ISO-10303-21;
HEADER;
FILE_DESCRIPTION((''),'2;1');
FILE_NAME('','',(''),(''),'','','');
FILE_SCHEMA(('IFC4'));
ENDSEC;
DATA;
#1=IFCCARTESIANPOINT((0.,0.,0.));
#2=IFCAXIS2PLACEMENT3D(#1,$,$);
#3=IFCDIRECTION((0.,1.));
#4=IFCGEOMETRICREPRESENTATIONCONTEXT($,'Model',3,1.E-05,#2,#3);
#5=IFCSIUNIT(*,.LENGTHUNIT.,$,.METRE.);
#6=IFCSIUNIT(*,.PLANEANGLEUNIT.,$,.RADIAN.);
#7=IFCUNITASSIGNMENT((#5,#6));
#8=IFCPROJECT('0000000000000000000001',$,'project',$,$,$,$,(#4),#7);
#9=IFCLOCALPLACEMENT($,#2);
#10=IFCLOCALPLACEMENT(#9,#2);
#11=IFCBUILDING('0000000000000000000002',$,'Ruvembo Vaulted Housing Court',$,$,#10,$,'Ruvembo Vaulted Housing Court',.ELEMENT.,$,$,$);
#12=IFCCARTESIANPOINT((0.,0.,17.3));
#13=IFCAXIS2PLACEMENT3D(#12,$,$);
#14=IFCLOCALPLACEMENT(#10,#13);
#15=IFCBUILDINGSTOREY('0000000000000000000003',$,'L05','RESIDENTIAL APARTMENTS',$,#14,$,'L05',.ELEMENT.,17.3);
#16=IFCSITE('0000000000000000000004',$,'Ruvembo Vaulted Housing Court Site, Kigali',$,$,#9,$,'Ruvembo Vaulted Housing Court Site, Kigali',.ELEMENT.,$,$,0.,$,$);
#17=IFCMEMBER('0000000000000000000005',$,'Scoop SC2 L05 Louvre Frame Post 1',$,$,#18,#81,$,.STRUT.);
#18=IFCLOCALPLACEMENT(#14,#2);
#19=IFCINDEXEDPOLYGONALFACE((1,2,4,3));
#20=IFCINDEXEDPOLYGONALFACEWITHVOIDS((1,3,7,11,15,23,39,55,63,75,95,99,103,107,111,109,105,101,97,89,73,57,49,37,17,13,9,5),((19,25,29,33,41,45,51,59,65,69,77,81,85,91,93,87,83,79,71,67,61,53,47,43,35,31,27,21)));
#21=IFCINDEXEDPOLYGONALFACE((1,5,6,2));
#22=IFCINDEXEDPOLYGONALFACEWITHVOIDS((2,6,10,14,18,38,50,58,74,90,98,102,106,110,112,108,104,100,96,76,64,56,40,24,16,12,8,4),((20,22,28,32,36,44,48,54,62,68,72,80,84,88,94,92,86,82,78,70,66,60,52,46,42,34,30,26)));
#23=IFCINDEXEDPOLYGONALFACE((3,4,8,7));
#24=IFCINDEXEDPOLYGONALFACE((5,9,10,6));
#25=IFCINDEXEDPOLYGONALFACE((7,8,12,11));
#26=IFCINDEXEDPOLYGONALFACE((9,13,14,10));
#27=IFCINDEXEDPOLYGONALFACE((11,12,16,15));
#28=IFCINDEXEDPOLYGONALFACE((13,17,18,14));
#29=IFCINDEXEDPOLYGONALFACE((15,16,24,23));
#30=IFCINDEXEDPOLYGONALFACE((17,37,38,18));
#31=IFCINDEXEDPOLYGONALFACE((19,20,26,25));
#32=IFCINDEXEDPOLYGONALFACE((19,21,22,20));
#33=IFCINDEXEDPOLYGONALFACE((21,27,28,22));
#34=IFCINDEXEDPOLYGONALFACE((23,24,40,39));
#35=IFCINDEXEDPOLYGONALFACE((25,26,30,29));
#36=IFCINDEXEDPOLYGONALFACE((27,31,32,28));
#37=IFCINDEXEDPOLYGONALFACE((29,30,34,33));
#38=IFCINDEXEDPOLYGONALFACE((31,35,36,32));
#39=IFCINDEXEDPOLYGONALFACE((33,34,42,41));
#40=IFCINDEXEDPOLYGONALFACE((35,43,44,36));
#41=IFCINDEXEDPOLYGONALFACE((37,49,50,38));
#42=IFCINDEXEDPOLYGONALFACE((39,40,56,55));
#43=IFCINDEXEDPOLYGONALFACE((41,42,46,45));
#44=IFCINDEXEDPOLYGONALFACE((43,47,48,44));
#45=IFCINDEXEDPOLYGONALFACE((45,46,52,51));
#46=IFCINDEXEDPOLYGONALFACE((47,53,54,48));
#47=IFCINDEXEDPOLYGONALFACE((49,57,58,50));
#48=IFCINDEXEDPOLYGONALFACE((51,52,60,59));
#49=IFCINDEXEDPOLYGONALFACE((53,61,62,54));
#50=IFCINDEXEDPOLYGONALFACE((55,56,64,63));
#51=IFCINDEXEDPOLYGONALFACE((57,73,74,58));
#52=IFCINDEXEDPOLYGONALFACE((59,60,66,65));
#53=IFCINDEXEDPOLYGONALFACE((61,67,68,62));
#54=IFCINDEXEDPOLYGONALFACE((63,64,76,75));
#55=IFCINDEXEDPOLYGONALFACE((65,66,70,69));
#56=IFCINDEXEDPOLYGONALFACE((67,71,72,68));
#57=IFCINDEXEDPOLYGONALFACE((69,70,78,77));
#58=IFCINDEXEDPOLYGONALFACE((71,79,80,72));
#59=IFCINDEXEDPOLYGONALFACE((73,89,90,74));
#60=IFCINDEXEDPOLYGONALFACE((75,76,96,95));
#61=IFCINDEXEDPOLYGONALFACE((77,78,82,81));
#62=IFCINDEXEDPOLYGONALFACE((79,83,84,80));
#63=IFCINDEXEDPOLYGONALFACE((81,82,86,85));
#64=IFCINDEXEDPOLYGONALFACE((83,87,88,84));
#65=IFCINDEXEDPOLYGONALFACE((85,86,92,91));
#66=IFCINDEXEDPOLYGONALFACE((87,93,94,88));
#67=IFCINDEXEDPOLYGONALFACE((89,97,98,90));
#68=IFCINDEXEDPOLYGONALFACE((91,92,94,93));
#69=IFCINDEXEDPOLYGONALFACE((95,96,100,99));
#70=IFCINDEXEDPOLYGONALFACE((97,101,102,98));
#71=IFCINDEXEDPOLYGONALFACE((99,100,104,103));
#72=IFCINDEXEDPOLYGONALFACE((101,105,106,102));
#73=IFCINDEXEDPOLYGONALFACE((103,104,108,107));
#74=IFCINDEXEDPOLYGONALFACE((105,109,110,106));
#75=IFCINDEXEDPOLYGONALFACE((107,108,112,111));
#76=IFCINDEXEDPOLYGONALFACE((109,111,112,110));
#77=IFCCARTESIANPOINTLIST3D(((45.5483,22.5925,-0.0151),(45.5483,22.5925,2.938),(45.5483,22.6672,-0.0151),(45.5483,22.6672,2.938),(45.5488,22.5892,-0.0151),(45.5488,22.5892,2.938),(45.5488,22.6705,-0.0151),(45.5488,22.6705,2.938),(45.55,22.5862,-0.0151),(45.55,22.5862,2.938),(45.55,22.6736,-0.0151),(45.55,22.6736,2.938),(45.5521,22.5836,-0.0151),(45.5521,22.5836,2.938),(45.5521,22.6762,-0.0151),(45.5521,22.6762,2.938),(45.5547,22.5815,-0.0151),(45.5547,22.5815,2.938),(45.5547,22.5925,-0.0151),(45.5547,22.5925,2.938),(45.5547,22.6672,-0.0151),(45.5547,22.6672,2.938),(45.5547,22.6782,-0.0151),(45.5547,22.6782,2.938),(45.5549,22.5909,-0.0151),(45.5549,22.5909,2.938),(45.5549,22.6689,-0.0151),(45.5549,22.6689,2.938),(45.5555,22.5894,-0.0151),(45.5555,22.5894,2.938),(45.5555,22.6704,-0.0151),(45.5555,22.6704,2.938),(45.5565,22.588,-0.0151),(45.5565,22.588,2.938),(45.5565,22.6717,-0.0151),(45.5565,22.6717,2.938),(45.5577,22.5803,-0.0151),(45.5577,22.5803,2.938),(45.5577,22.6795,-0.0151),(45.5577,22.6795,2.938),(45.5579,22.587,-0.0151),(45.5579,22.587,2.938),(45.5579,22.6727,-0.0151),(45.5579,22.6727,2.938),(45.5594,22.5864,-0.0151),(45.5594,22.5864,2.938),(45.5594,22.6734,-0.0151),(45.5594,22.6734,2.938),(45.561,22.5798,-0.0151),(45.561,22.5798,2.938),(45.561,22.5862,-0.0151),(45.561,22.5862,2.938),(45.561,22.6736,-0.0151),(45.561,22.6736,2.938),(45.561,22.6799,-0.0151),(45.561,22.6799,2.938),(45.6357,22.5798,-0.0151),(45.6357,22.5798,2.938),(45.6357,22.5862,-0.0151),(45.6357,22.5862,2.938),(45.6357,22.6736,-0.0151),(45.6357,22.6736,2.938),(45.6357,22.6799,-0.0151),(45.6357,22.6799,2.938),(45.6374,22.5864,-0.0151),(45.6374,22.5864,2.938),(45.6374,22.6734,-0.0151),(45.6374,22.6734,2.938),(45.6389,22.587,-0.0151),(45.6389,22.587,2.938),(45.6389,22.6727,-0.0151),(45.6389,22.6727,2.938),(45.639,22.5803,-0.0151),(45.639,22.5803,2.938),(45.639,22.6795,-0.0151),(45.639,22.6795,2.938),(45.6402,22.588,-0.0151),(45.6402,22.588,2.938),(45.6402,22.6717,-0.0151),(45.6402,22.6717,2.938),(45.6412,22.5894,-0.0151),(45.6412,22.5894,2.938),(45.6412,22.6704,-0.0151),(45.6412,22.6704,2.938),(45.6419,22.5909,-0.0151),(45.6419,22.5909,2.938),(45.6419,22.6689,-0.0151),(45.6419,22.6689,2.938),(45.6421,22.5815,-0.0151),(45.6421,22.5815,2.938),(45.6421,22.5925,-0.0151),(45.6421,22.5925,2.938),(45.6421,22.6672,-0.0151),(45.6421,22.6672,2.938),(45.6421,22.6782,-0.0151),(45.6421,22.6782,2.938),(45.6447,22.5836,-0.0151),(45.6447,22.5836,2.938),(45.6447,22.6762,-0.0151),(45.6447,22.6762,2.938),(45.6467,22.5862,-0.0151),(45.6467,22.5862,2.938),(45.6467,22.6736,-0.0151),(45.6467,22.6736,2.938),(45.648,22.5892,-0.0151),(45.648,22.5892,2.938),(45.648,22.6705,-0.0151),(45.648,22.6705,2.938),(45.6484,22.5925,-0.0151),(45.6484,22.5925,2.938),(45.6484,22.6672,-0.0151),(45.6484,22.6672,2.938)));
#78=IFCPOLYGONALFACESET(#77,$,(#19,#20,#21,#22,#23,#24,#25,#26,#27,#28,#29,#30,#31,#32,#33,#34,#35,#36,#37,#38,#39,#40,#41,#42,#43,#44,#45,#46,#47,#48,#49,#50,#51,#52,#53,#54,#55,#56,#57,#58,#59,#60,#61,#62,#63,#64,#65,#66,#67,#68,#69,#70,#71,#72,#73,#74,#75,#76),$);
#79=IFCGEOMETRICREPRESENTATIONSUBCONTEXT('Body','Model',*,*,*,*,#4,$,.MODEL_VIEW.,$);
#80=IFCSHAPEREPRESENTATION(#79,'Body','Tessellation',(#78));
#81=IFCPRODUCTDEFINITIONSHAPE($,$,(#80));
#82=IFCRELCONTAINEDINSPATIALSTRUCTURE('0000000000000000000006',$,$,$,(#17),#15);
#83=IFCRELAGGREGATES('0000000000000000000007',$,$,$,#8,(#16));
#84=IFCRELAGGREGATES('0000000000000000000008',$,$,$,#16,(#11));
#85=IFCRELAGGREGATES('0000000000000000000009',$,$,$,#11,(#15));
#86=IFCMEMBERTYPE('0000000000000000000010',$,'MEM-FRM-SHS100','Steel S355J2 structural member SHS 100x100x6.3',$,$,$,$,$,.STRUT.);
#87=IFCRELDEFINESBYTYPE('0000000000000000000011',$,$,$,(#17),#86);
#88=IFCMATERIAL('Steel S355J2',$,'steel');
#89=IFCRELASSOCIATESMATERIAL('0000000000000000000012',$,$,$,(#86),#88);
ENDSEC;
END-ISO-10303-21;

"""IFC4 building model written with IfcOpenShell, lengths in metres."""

from ifc_helpers import new_model, si_unit, direction, frame, origin, origin_2d, place, context, subcontext, project, spatial, hollow_rectangle, extrude, material, material_profile, profile_set, type_object, element, save


model = new_model("IFC4")

# Units and contexts
model_context = context("Model", 3, precision=1e-05, world=origin(), true_north=direction((0.0, 1.0)))
body_context = subcontext(model_context, "Body", "Model", "MODEL_VIEW")
ifc_project = project(units=[si_unit("LENGTHUNIT", "METRE"), si_unit("PLANEANGLEUNIT", "RADIAN")], contexts=[model_context])

# Site, building, storey
site_placement = place(None, origin())
site = spatial("IfcSite", under=ifc_project, at=site_placement, Name="Ruvembo Vaulted Housing Court Site, Kigali", LongName="Ruvembo Vaulted Housing Court Site, Kigali", CompositionType="ELEMENT", RefElevation=0.0)
building_placement = place(site_placement, origin())
building = spatial("IfcBuilding", under=site, at=building_placement, Name="Ruvembo Vaulted Housing Court", LongName="Ruvembo Vaulted Housing Court", CompositionType="ELEMENT")
storey_placement = place(building_placement, frame((0.0, 0.0, 17.3)))
storey = spatial("IfcBuildingStorey", under=building, at=storey_placement, Name="L05", Description="RESIDENTIAL APARTMENTS", LongName="L05", CompositionType="ELEMENT", Elevation=17.3)

# Shared definitions
ifc_material_1 = material(Name="Steel S355J2", Category="steel")

# Member
ifc_material_profile_1 = material_profile(ifc_material_1, hollow_rectangle(XDim=0.1001, YDim=0.1001, WallThickness=0.0063, InnerFilletRadius=0.0063, OuterFilletRadius=0.0127, at=origin_2d()), Name="SHS 100x100x6.3")
ifc_profile_set_1 = profile_set([ifc_material_profile_1], Name="Steel S355J2")
member_type_1 = type_object("IfcMemberType", Name="MEM-FRM-SHS100", Description="Steel S355J2 structural member SHS 100x100x6.3", PredefinedType="STRUT", material=ifc_profile_set_1)
member_1_placement = place(storey_placement, frame((45.5984, 22.6299, -0.0151), z_axis=(0.0, 0.0, 1.0), x_axis=(1.0, 0.0, 0.0)))
element("IfcMember", 1, at=member_1_placement, inside=storey, type_object=member_type_1, Name="Scoop SC2 L05 Louvre Frame Post 1", PredefinedType="STRUT", context=body_context, shape_type="SweptSolid", body=[
    extrude(hollow_rectangle(XDim=0.1001, YDim=0.1001, WallThickness=0.0063, InnerFilletRadius=0.0063, OuterFilletRadius=0.0127, at=origin_2d()), origin(), (0.0, 0.0, 1.0), 2.9531),
])

save(model, "model.ifc")
